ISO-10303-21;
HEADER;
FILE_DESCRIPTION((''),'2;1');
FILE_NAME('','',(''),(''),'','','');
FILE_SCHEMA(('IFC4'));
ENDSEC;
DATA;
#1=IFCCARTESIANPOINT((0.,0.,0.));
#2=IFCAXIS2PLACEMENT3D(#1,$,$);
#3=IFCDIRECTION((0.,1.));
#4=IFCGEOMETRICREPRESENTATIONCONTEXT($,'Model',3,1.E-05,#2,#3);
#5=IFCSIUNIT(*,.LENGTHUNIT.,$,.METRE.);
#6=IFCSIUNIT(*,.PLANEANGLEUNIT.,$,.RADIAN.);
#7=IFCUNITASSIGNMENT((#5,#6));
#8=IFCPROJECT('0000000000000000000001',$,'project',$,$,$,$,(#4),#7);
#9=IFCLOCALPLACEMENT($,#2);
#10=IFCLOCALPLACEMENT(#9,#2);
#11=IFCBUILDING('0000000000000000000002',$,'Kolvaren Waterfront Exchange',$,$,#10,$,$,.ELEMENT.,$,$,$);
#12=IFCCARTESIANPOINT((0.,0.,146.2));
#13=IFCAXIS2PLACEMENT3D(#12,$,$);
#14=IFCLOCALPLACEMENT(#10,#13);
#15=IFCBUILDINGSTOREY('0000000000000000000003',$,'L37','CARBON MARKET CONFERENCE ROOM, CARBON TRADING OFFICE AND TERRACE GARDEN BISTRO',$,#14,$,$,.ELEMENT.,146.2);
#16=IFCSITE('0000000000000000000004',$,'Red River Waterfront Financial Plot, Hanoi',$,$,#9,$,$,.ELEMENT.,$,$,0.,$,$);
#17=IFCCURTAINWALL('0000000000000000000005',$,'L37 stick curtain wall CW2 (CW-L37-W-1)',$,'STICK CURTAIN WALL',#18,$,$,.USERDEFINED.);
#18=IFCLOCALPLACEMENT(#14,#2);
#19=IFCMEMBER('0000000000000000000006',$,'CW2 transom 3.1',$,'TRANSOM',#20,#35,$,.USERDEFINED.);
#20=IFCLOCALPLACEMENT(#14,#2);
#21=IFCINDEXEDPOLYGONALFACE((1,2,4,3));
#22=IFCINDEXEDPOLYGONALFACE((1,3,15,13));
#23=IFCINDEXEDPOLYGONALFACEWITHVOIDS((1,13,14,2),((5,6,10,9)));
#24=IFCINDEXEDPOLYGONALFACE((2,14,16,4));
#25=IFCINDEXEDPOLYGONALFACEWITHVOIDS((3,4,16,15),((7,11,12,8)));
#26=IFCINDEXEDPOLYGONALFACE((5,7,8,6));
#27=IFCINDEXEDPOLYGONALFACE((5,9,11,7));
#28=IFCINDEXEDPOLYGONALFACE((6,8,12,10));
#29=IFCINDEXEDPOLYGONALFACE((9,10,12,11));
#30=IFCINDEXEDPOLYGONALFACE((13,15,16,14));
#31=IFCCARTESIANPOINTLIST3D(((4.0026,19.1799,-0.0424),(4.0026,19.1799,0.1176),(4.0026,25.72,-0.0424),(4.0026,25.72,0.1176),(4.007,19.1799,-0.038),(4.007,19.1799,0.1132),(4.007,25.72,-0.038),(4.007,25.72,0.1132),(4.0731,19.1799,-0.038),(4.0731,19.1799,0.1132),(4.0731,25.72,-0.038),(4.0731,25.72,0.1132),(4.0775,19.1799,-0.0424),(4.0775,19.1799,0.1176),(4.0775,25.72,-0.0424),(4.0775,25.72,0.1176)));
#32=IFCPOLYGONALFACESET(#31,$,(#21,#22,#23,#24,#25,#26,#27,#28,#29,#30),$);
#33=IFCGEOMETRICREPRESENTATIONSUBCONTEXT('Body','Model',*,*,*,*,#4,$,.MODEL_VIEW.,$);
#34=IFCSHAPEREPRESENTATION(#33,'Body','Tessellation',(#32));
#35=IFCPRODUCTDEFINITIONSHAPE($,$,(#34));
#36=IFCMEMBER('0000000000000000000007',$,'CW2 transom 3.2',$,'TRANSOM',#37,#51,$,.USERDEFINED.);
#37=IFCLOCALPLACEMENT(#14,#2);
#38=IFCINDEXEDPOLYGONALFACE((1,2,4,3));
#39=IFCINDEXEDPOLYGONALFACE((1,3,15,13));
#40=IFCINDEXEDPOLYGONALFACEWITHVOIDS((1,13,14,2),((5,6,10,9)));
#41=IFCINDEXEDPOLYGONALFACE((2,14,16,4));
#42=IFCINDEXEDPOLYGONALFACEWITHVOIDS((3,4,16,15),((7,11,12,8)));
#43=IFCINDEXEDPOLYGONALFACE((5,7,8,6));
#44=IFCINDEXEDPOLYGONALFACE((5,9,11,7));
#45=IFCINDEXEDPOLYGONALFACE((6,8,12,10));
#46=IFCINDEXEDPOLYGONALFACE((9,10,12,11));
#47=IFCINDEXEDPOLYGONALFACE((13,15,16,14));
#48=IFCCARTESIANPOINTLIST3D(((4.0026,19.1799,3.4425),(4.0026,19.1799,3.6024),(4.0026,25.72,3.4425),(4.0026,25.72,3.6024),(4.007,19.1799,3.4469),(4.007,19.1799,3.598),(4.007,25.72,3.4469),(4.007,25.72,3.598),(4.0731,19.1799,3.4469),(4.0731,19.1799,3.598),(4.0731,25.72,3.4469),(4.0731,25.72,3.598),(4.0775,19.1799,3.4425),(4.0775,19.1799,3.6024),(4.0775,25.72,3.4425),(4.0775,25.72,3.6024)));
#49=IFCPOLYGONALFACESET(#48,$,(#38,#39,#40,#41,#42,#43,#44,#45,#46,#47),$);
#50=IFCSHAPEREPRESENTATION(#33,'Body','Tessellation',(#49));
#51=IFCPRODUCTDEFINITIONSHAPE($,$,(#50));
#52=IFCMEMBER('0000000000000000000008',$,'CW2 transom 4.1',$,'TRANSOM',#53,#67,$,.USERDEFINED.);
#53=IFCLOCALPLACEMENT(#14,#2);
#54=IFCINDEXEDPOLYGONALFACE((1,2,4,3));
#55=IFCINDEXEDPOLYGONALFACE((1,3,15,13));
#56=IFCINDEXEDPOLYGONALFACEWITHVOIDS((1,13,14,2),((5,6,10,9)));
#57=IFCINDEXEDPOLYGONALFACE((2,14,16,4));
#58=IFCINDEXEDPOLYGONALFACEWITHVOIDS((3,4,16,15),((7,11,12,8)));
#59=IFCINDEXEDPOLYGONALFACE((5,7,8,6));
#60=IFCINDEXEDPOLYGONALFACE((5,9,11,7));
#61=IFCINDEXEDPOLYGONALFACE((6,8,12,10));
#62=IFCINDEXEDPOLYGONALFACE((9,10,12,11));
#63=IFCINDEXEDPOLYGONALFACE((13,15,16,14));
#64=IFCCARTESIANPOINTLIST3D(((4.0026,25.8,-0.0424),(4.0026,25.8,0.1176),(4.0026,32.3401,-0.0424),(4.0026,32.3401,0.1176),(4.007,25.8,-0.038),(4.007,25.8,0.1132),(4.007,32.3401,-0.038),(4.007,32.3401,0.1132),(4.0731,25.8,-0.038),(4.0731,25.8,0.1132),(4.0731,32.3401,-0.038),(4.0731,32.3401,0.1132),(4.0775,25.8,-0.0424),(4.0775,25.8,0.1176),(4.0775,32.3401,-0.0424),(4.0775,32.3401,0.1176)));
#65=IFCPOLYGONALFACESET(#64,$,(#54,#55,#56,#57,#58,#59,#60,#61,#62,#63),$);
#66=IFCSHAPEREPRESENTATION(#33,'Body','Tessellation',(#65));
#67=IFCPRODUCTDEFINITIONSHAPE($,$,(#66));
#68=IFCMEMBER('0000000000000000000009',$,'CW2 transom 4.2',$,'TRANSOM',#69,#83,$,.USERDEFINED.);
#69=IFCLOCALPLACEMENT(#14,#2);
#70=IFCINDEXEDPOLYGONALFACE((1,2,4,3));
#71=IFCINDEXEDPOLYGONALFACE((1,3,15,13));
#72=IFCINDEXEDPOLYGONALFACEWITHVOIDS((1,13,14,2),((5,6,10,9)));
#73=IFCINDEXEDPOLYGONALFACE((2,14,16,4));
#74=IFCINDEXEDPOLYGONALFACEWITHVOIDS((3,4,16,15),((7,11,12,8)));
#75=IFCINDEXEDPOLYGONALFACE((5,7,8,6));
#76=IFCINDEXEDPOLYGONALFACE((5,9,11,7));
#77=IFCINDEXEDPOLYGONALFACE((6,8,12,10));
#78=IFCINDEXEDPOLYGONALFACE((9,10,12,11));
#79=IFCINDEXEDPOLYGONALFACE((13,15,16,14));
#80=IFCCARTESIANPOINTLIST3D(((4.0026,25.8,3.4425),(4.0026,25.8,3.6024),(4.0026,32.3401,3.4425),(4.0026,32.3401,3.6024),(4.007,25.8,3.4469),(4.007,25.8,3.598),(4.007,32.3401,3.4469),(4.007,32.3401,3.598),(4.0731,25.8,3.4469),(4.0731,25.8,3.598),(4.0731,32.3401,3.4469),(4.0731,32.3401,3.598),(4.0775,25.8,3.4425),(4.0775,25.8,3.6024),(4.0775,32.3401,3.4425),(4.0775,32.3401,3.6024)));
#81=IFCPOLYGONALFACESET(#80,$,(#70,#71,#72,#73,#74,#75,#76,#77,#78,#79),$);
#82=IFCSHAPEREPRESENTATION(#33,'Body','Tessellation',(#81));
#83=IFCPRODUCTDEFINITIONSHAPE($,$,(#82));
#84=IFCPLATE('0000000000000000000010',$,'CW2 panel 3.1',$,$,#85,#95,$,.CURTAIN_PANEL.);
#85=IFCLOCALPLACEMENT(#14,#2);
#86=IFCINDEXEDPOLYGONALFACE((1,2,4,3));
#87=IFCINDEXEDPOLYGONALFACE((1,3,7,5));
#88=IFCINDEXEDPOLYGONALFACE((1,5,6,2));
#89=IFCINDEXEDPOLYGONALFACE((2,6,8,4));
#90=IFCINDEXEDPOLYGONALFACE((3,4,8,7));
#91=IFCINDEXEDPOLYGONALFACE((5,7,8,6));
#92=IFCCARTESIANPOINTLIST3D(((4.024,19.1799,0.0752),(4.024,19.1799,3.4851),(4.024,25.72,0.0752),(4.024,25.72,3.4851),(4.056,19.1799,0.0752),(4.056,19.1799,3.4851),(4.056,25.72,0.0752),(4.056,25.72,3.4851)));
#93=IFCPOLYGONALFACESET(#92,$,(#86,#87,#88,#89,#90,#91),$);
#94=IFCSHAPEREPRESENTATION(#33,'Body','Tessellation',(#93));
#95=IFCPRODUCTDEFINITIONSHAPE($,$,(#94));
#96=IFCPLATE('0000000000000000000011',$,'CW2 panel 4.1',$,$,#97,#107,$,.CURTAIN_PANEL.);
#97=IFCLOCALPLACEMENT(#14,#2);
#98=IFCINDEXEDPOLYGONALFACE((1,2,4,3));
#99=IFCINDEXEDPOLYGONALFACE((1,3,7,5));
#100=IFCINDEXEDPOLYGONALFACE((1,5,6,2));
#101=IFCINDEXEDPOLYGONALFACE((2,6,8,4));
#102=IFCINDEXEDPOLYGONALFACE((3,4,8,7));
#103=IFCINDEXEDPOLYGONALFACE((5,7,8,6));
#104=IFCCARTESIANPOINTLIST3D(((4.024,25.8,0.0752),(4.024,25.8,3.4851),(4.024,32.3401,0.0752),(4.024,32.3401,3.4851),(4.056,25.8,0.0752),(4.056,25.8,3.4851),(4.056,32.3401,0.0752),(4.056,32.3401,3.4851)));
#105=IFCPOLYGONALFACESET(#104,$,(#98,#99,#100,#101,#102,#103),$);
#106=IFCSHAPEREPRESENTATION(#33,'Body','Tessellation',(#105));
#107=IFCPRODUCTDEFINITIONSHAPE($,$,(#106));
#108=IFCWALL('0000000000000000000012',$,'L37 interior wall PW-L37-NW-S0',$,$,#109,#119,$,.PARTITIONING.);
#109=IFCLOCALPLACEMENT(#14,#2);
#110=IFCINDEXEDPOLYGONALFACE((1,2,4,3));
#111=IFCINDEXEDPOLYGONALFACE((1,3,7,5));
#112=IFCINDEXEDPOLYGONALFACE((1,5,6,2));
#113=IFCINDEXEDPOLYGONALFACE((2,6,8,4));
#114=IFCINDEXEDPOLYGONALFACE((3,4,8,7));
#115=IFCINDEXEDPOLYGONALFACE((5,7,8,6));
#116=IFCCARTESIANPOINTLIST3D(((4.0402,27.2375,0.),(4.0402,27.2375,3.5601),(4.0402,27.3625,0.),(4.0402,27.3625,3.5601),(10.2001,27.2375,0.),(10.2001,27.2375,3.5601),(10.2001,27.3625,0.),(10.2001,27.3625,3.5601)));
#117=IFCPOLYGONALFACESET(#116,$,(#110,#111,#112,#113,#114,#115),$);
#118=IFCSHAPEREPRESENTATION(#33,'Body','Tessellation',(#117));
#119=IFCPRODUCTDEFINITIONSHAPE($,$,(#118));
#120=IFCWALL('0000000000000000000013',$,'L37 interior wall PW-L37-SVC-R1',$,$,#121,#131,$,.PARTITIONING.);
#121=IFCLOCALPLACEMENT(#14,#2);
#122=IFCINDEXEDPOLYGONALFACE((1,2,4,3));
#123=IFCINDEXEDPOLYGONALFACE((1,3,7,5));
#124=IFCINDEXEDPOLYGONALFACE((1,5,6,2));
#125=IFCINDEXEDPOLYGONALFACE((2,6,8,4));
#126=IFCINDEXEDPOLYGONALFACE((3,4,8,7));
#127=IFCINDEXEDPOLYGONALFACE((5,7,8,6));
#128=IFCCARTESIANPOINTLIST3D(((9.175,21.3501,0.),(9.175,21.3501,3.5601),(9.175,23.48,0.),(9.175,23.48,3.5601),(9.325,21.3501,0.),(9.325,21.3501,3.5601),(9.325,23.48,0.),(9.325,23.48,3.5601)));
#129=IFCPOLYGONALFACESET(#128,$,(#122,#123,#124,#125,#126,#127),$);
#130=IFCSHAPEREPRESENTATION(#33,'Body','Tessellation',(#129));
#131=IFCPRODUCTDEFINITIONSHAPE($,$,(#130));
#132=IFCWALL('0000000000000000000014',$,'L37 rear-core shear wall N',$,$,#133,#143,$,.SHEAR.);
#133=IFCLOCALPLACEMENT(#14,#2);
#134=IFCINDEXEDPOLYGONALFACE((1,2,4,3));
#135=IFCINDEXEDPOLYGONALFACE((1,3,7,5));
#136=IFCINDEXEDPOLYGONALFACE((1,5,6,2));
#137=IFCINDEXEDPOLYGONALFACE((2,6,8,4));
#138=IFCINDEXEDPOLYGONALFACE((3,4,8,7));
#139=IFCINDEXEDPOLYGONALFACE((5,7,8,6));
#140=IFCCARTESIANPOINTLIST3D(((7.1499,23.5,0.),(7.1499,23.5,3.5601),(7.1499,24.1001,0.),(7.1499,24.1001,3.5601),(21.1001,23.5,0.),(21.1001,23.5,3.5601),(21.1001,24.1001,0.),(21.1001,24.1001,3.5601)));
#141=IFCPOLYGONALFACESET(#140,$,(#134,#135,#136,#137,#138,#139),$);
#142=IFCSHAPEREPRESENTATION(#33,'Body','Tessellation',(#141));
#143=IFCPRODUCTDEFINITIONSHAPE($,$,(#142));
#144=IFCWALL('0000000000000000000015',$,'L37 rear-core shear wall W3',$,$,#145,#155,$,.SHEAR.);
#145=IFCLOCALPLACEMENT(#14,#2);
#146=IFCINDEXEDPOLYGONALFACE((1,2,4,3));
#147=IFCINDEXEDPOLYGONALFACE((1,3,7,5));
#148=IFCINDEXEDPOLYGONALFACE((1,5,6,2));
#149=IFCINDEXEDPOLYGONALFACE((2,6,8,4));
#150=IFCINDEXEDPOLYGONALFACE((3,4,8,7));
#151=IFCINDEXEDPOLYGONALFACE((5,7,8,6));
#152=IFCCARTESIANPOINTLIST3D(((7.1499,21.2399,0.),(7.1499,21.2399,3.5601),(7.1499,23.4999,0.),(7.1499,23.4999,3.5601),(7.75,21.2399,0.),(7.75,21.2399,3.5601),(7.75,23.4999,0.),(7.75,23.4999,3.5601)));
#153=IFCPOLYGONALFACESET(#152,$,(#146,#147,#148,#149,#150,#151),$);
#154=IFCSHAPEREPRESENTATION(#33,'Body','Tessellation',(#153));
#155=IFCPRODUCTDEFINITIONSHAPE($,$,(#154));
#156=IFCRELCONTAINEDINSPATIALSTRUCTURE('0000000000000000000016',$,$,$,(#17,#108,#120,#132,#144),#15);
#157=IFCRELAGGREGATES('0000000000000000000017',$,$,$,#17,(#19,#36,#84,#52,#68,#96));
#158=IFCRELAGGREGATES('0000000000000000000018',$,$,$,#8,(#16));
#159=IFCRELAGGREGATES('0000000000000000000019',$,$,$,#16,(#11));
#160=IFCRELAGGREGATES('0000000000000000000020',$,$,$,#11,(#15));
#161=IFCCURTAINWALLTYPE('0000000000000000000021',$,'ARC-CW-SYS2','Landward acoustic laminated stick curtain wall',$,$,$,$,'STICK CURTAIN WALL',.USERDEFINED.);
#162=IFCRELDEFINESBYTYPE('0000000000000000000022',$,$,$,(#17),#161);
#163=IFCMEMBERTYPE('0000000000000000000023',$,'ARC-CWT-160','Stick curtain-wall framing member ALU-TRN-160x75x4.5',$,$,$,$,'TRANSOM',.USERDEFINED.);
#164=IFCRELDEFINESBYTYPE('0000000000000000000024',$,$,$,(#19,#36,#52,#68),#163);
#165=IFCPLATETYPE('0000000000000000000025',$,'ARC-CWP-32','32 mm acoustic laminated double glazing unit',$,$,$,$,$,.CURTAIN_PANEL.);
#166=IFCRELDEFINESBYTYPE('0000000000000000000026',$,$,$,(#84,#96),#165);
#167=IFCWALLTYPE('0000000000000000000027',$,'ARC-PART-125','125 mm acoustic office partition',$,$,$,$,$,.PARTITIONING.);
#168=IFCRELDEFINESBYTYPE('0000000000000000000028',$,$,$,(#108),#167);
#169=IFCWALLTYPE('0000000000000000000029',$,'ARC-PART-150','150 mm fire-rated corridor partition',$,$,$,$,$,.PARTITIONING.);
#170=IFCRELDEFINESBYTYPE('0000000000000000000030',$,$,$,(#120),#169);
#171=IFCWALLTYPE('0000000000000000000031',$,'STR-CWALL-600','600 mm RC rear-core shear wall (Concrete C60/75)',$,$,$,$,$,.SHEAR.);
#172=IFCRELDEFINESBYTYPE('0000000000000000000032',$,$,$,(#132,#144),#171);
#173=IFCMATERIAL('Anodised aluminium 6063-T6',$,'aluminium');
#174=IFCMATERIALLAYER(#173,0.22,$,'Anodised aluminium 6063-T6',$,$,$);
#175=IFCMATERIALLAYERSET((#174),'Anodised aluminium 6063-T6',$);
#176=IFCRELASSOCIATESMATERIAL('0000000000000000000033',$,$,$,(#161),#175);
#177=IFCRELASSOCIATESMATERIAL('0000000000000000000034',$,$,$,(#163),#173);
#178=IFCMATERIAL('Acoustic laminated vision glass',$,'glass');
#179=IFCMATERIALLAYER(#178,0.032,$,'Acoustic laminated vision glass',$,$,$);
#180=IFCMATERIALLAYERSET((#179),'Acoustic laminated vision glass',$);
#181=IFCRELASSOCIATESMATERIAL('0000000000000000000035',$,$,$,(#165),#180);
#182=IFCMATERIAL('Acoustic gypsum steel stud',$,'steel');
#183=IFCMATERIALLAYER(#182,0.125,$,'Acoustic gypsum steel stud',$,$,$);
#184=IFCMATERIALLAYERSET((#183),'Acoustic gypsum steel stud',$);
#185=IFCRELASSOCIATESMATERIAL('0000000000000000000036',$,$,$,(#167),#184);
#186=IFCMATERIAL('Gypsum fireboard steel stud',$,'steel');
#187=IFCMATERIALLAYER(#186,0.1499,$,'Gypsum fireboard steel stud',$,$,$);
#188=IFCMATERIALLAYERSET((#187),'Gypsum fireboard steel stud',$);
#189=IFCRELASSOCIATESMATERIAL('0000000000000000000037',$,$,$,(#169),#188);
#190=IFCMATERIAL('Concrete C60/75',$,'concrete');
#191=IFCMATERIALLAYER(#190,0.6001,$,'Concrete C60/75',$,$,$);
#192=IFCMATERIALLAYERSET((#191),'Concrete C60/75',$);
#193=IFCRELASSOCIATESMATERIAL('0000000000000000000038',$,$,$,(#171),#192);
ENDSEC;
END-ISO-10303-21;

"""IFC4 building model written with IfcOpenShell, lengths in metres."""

from ifc_helpers import new_model, si_unit, direction, frame, frame_2d, origin, origin_with_axes, origin_2d, place, context, subcontext, project, spatial, rectangle, hollow_rectangle, extrude, source, transform, mapped, material, layer, layer_set, material_profile, profile_set, type_object, element, aggregate, save


model = new_model("IFC4")

# Units and contexts
model_context = context("Model", 3, precision=1e-05, world=origin(), true_north=direction((0.0, 1.0)))
body_context = subcontext(model_context, "Body", "Model", "MODEL_VIEW")
ifc_project = project(units=[si_unit("LENGTHUNIT", "METRE"), si_unit("PLANEANGLEUNIT", "RADIAN")], contexts=[model_context])

# Site, building, storey
site_placement = place(None, origin())
site = spatial("IfcSite", under=ifc_project, at=site_placement, Name="Red River Waterfront Financial Plot, Hanoi", CompositionType="ELEMENT", RefElevation=0.0)
building_placement = place(site_placement, origin())
building = spatial("IfcBuilding", under=site, at=building_placement, Name="Kolvaren Waterfront Exchange", CompositionType="ELEMENT")
storey_placement = place(building_placement, frame((0.0, 0.0, 146.2)))
storey = spatial("IfcBuildingStorey", under=building, at=storey_placement, Name="L37", Description="CARBON MARKET CONFERENCE ROOM, CARBON TRADING OFFICE AND TERRACE GARDEN BISTRO", CompositionType="ELEMENT", Elevation=146.2)

# Shared definitions
ifc_material_1 = material(Name="Concrete C60/75", Category="concrete")

# Curtain wall, members, plates
ifc_material_2 = material(Name="Anodised aluminium 6063-T6", Category="aluminium")
ifc_layer_1 = layer(ifc_material_2, 0.22, Name="Anodised aluminium 6063-T6")
ifc_layer_set_1 = layer_set([ifc_layer_1], Name="Anodised aluminium 6063-T6")
curtain_wall_type = type_object("IfcCurtainWallType", Name="ARC-CW-SYS2", Description="Landward acoustic laminated stick curtain wall", ElementType="STICK CURTAIN WALL", PredefinedType="USERDEFINED", material=ifc_layer_set_1)
curtain_wall_placement = place(storey_placement, origin())
curtain_wall = element("IfcCurtainWall", 1, at=curtain_wall_placement, inside=storey, type_object=curtain_wall_type, Name="L37 stick curtain wall CW2 (CW-L37-W-1)", ObjectType="STICK CURTAIN WALL", PredefinedType="USERDEFINED")
ifc_material_profile_1 = material_profile(ifc_material_2, hollow_rectangle(XDim=0.075, YDim=0.1599, WallThickness=0.0044, at=origin_2d()), Name="ALU-TRN-160x75x4.5")
ifc_profile_set_1 = profile_set([ifc_material_profile_1], Name="Anodised aluminium 6063-T6")
member_type_1 = type_object("IfcMemberType", Name="ARC-CWT-160", Description="Stick curtain-wall framing member ALU-TRN-160x75x4.5", ElementType="TRANSOM", PredefinedType="USERDEFINED", material=ifc_profile_set_1)
shared_shape_1 = source(origin_with_axes(), body_context, "Body", "SweptSolid", [
    extrude(hollow_rectangle(XDim=0.075, YDim=0.1599, WallThickness=0.0044, at=origin_2d()), origin(), (0.0, 0.0, 1.0), 6.54),
])
member_1_placement = place(storey_placement, frame((4.04, 19.1799, 0.0376), z_axis=(0.0, 1.0, 0.0), x_axis=(-1.0, 0.0, 0.0)))
member_1 = element("IfcMember", 2, at=member_1_placement, type_object=member_type_1, Name="CW2 transom 3.1", ObjectType="TRANSOM", PredefinedType="USERDEFINED", context=body_context, shape_type="MappedRepresentation", body=[
    mapped(shared_shape_1, transform((0.0, 0.0, 0.0), x_axis=(1.0, 0.0, 0.0), y_axis=(0.0, 1.0, 0.0), z_axis=(0.0, 0.0, 1.0), scale=1.0)),
])
member_2_placement = place(storey_placement, frame((4.04, 19.1799, 3.5225), z_axis=(0.0, 1.0, 0.0), x_axis=(-1.0, 0.0, 0.0)))
member_2 = element("IfcMember", 3, at=member_2_placement, type_object=member_type_1, Name="CW2 transom 3.2", ObjectType="TRANSOM", PredefinedType="USERDEFINED", context=body_context, shape_type="MappedRepresentation", body=[
    mapped(shared_shape_1, transform((0.0, 0.0, 0.0), x_axis=(1.0, 0.0, 0.0), y_axis=(0.0, 1.0, 0.0), z_axis=(0.0, 0.0, 1.0), scale=1.0)),
])
member_3_placement = place(storey_placement, frame((4.04, 25.8, 0.0376), z_axis=(0.0, 1.0, 0.0), x_axis=(-1.0, 0.0, 0.0)))
member_3 = element("IfcMember", 4, at=member_3_placement, type_object=member_type_1, Name="CW2 transom 4.1", ObjectType="TRANSOM", PredefinedType="USERDEFINED", context=body_context, shape_type="MappedRepresentation", body=[
    mapped(shared_shape_1, transform((0.0, 0.0, 0.0), x_axis=(1.0, 0.0, 0.0), y_axis=(0.0, 1.0, 0.0), z_axis=(0.0, 0.0, 1.0), scale=1.0)),
])
member_4_placement = place(storey_placement, frame((4.04, 25.8, 3.5225), z_axis=(0.0, 1.0, 0.0), x_axis=(-1.0, 0.0, 0.0)))
member_4 = element("IfcMember", 5, at=member_4_placement, type_object=member_type_1, Name="CW2 transom 4.2", ObjectType="TRANSOM", PredefinedType="USERDEFINED", context=body_context, shape_type="MappedRepresentation", body=[
    mapped(shared_shape_1, transform((0.0, 0.0, 0.0), x_axis=(1.0, 0.0, 0.0), y_axis=(0.0, 1.0, 0.0), z_axis=(0.0, 0.0, 1.0), scale=1.0)),
])
ifc_material_3 = material(Name="Acoustic laminated vision glass", Category="glass")
ifc_layer_2 = layer(ifc_material_3, 0.032, Name="Acoustic laminated vision glass")
ifc_layer_set_2 = layer_set([ifc_layer_2], Name="Acoustic laminated vision glass")
plate_type = type_object("IfcPlateType", Name="ARC-CWP-32", Description="32 mm acoustic laminated double glazing unit", PredefinedType="CURTAIN_PANEL", material=ifc_layer_set_2)
shared_shape_2 = source(origin_with_axes(), body_context, "Body", "SweptSolid", [
    extrude(rectangle(XDim=6.54, YDim=0.032, at=origin_2d()), origin(), (0.0, 0.0, 1.0), 3.4099),
])
plate_1_placement = place(storey_placement, frame((4.04, 22.45, 0.0752), z_axis=(0.0, 0.0, 1.0), x_axis=(0.0, 1.0, 0.0)))
plate_1 = element("IfcPlate", 6, at=plate_1_placement, type_object=plate_type, Name="CW2 panel 3.1", PredefinedType="CURTAIN_PANEL", context=body_context, shape_type="MappedRepresentation", body=[
    mapped(shared_shape_2, transform((0.0, 0.0, 0.0), x_axis=(1.0, 0.0, 0.0), y_axis=(0.0, 1.0, 0.0), z_axis=(0.0, 0.0, 1.0), scale=1.0)),
])
plate_2_placement = place(storey_placement, frame((4.04, 29.0701, 0.0752), z_axis=(0.0, 0.0, 1.0), x_axis=(0.0, 1.0, 0.0)))
plate_2 = element("IfcPlate", 7, at=plate_2_placement, type_object=plate_type, Name="CW2 panel 4.1", PredefinedType="CURTAIN_PANEL", context=body_context, shape_type="MappedRepresentation", body=[
    mapped(shared_shape_2, transform((0.0, 0.0, 0.0), x_axis=(1.0, 0.0, 0.0), y_axis=(0.0, 1.0, 0.0), z_axis=(0.0, 0.0, 1.0), scale=1.0)),
])
aggregate(curtain_wall, [member_1, member_2, plate_1, member_3, member_4, plate_2])

# Walls
ifc_material_4 = material(Name="Acoustic gypsum steel stud", Category="steel")
ifc_layer_3 = layer(ifc_material_4, 0.125, Name="Acoustic gypsum steel stud")
ifc_layer_set_3 = layer_set([ifc_layer_3], Name="Acoustic gypsum steel stud")
wall_type_1 = type_object("IfcWallType", Name="ARC-PART-125", Description="125 mm acoustic office partition", PredefinedType="PARTITIONING", material=ifc_layer_set_3)
wall_1_placement = place(storey_placement, frame((4.04, 27.3, 0.0), z_axis=(0.0, 0.0, 1.0), x_axis=(1.0, 0.0, 0.0)))
element("IfcWall", 8, at=wall_1_placement, inside=storey, type_object=wall_type_1, Name="L37 interior wall PW-L37-NW-S0", PredefinedType="PARTITIONING", context=body_context, shape_type="SweptSolid", body=[
    extrude(rectangle(XDim=6.1599, YDim=0.125, at=frame_2d((3.0801, 0.0))), origin(), (0.0, 0.0, 1.0), 3.5601),
])
ifc_material_5 = material(Name="Gypsum fireboard steel stud", Category="steel")
ifc_layer_4 = layer(ifc_material_5, 0.1499, Name="Gypsum fireboard steel stud")
ifc_layer_set_4 = layer_set([ifc_layer_4], Name="Gypsum fireboard steel stud")
wall_type_2 = type_object("IfcWallType", Name="ARC-PART-150", Description="150 mm fire-rated corridor partition", PredefinedType="PARTITIONING", material=ifc_layer_set_4)
wall_2_placement = place(storey_placement, frame((9.25, 21.3501, 0.0), z_axis=(0.0, 0.0, 1.0), x_axis=(0.0, 1.0, 0.0)))
element("IfcWall", 9, at=wall_2_placement, inside=storey, type_object=wall_type_2, Name="L37 interior wall PW-L37-SVC-R1", PredefinedType="PARTITIONING", context=body_context, shape_type="SweptSolid", body=[
    extrude(rectangle(XDim=2.1299, YDim=0.1499, at=frame_2d((1.0649, 0.0))), origin(), (0.0, 0.0, 1.0), 3.5601),
])

# Walls
ifc_layer_5 = layer(ifc_material_1, 0.6001, Name="Concrete C60/75")
ifc_layer_set_5 = layer_set([ifc_layer_5], Name="Concrete C60/75")
wall_type_3 = type_object("IfcWallType", Name="STR-CWALL-600", Description="600 mm RC rear-core shear wall (Concrete C60/75)", PredefinedType="SHEAR", material=ifc_layer_set_5)
wall_3_placement = place(storey_placement, frame((7.1499, 23.8, 0.0), z_axis=(0.0, 0.0, 1.0), x_axis=(1.0, 0.0, 0.0)))
element("IfcWall", 10, at=wall_3_placement, inside=storey, type_object=wall_type_3, Name="L37 rear-core shear wall N", PredefinedType="SHEAR", context=body_context, shape_type="SweptSolid", body=[
    extrude(rectangle(XDim=13.9502, YDim=0.6001, at=frame_2d((6.9751, 0.0))), origin(), (0.0, 0.0, 1.0), 3.5601),
])
wall_4_placement = place(storey_placement, frame((7.45, 21.24, 0.0), z_axis=(0.0, 0.0, 1.0), x_axis=(0.0, 1.0, 0.0)))
element("IfcWall", 11, at=wall_4_placement, inside=storey, type_object=wall_type_3, Name="L37 rear-core shear wall W3", PredefinedType="SHEAR", context=body_context, shape_type="SweptSolid", body=[
    extrude(rectangle(XDim=2.26, YDim=0.6001, at=frame_2d((1.1299, 0.0))), origin(), (0.0, 0.0, 1.0), 3.5601),
])

save(model, "model.ifc")
